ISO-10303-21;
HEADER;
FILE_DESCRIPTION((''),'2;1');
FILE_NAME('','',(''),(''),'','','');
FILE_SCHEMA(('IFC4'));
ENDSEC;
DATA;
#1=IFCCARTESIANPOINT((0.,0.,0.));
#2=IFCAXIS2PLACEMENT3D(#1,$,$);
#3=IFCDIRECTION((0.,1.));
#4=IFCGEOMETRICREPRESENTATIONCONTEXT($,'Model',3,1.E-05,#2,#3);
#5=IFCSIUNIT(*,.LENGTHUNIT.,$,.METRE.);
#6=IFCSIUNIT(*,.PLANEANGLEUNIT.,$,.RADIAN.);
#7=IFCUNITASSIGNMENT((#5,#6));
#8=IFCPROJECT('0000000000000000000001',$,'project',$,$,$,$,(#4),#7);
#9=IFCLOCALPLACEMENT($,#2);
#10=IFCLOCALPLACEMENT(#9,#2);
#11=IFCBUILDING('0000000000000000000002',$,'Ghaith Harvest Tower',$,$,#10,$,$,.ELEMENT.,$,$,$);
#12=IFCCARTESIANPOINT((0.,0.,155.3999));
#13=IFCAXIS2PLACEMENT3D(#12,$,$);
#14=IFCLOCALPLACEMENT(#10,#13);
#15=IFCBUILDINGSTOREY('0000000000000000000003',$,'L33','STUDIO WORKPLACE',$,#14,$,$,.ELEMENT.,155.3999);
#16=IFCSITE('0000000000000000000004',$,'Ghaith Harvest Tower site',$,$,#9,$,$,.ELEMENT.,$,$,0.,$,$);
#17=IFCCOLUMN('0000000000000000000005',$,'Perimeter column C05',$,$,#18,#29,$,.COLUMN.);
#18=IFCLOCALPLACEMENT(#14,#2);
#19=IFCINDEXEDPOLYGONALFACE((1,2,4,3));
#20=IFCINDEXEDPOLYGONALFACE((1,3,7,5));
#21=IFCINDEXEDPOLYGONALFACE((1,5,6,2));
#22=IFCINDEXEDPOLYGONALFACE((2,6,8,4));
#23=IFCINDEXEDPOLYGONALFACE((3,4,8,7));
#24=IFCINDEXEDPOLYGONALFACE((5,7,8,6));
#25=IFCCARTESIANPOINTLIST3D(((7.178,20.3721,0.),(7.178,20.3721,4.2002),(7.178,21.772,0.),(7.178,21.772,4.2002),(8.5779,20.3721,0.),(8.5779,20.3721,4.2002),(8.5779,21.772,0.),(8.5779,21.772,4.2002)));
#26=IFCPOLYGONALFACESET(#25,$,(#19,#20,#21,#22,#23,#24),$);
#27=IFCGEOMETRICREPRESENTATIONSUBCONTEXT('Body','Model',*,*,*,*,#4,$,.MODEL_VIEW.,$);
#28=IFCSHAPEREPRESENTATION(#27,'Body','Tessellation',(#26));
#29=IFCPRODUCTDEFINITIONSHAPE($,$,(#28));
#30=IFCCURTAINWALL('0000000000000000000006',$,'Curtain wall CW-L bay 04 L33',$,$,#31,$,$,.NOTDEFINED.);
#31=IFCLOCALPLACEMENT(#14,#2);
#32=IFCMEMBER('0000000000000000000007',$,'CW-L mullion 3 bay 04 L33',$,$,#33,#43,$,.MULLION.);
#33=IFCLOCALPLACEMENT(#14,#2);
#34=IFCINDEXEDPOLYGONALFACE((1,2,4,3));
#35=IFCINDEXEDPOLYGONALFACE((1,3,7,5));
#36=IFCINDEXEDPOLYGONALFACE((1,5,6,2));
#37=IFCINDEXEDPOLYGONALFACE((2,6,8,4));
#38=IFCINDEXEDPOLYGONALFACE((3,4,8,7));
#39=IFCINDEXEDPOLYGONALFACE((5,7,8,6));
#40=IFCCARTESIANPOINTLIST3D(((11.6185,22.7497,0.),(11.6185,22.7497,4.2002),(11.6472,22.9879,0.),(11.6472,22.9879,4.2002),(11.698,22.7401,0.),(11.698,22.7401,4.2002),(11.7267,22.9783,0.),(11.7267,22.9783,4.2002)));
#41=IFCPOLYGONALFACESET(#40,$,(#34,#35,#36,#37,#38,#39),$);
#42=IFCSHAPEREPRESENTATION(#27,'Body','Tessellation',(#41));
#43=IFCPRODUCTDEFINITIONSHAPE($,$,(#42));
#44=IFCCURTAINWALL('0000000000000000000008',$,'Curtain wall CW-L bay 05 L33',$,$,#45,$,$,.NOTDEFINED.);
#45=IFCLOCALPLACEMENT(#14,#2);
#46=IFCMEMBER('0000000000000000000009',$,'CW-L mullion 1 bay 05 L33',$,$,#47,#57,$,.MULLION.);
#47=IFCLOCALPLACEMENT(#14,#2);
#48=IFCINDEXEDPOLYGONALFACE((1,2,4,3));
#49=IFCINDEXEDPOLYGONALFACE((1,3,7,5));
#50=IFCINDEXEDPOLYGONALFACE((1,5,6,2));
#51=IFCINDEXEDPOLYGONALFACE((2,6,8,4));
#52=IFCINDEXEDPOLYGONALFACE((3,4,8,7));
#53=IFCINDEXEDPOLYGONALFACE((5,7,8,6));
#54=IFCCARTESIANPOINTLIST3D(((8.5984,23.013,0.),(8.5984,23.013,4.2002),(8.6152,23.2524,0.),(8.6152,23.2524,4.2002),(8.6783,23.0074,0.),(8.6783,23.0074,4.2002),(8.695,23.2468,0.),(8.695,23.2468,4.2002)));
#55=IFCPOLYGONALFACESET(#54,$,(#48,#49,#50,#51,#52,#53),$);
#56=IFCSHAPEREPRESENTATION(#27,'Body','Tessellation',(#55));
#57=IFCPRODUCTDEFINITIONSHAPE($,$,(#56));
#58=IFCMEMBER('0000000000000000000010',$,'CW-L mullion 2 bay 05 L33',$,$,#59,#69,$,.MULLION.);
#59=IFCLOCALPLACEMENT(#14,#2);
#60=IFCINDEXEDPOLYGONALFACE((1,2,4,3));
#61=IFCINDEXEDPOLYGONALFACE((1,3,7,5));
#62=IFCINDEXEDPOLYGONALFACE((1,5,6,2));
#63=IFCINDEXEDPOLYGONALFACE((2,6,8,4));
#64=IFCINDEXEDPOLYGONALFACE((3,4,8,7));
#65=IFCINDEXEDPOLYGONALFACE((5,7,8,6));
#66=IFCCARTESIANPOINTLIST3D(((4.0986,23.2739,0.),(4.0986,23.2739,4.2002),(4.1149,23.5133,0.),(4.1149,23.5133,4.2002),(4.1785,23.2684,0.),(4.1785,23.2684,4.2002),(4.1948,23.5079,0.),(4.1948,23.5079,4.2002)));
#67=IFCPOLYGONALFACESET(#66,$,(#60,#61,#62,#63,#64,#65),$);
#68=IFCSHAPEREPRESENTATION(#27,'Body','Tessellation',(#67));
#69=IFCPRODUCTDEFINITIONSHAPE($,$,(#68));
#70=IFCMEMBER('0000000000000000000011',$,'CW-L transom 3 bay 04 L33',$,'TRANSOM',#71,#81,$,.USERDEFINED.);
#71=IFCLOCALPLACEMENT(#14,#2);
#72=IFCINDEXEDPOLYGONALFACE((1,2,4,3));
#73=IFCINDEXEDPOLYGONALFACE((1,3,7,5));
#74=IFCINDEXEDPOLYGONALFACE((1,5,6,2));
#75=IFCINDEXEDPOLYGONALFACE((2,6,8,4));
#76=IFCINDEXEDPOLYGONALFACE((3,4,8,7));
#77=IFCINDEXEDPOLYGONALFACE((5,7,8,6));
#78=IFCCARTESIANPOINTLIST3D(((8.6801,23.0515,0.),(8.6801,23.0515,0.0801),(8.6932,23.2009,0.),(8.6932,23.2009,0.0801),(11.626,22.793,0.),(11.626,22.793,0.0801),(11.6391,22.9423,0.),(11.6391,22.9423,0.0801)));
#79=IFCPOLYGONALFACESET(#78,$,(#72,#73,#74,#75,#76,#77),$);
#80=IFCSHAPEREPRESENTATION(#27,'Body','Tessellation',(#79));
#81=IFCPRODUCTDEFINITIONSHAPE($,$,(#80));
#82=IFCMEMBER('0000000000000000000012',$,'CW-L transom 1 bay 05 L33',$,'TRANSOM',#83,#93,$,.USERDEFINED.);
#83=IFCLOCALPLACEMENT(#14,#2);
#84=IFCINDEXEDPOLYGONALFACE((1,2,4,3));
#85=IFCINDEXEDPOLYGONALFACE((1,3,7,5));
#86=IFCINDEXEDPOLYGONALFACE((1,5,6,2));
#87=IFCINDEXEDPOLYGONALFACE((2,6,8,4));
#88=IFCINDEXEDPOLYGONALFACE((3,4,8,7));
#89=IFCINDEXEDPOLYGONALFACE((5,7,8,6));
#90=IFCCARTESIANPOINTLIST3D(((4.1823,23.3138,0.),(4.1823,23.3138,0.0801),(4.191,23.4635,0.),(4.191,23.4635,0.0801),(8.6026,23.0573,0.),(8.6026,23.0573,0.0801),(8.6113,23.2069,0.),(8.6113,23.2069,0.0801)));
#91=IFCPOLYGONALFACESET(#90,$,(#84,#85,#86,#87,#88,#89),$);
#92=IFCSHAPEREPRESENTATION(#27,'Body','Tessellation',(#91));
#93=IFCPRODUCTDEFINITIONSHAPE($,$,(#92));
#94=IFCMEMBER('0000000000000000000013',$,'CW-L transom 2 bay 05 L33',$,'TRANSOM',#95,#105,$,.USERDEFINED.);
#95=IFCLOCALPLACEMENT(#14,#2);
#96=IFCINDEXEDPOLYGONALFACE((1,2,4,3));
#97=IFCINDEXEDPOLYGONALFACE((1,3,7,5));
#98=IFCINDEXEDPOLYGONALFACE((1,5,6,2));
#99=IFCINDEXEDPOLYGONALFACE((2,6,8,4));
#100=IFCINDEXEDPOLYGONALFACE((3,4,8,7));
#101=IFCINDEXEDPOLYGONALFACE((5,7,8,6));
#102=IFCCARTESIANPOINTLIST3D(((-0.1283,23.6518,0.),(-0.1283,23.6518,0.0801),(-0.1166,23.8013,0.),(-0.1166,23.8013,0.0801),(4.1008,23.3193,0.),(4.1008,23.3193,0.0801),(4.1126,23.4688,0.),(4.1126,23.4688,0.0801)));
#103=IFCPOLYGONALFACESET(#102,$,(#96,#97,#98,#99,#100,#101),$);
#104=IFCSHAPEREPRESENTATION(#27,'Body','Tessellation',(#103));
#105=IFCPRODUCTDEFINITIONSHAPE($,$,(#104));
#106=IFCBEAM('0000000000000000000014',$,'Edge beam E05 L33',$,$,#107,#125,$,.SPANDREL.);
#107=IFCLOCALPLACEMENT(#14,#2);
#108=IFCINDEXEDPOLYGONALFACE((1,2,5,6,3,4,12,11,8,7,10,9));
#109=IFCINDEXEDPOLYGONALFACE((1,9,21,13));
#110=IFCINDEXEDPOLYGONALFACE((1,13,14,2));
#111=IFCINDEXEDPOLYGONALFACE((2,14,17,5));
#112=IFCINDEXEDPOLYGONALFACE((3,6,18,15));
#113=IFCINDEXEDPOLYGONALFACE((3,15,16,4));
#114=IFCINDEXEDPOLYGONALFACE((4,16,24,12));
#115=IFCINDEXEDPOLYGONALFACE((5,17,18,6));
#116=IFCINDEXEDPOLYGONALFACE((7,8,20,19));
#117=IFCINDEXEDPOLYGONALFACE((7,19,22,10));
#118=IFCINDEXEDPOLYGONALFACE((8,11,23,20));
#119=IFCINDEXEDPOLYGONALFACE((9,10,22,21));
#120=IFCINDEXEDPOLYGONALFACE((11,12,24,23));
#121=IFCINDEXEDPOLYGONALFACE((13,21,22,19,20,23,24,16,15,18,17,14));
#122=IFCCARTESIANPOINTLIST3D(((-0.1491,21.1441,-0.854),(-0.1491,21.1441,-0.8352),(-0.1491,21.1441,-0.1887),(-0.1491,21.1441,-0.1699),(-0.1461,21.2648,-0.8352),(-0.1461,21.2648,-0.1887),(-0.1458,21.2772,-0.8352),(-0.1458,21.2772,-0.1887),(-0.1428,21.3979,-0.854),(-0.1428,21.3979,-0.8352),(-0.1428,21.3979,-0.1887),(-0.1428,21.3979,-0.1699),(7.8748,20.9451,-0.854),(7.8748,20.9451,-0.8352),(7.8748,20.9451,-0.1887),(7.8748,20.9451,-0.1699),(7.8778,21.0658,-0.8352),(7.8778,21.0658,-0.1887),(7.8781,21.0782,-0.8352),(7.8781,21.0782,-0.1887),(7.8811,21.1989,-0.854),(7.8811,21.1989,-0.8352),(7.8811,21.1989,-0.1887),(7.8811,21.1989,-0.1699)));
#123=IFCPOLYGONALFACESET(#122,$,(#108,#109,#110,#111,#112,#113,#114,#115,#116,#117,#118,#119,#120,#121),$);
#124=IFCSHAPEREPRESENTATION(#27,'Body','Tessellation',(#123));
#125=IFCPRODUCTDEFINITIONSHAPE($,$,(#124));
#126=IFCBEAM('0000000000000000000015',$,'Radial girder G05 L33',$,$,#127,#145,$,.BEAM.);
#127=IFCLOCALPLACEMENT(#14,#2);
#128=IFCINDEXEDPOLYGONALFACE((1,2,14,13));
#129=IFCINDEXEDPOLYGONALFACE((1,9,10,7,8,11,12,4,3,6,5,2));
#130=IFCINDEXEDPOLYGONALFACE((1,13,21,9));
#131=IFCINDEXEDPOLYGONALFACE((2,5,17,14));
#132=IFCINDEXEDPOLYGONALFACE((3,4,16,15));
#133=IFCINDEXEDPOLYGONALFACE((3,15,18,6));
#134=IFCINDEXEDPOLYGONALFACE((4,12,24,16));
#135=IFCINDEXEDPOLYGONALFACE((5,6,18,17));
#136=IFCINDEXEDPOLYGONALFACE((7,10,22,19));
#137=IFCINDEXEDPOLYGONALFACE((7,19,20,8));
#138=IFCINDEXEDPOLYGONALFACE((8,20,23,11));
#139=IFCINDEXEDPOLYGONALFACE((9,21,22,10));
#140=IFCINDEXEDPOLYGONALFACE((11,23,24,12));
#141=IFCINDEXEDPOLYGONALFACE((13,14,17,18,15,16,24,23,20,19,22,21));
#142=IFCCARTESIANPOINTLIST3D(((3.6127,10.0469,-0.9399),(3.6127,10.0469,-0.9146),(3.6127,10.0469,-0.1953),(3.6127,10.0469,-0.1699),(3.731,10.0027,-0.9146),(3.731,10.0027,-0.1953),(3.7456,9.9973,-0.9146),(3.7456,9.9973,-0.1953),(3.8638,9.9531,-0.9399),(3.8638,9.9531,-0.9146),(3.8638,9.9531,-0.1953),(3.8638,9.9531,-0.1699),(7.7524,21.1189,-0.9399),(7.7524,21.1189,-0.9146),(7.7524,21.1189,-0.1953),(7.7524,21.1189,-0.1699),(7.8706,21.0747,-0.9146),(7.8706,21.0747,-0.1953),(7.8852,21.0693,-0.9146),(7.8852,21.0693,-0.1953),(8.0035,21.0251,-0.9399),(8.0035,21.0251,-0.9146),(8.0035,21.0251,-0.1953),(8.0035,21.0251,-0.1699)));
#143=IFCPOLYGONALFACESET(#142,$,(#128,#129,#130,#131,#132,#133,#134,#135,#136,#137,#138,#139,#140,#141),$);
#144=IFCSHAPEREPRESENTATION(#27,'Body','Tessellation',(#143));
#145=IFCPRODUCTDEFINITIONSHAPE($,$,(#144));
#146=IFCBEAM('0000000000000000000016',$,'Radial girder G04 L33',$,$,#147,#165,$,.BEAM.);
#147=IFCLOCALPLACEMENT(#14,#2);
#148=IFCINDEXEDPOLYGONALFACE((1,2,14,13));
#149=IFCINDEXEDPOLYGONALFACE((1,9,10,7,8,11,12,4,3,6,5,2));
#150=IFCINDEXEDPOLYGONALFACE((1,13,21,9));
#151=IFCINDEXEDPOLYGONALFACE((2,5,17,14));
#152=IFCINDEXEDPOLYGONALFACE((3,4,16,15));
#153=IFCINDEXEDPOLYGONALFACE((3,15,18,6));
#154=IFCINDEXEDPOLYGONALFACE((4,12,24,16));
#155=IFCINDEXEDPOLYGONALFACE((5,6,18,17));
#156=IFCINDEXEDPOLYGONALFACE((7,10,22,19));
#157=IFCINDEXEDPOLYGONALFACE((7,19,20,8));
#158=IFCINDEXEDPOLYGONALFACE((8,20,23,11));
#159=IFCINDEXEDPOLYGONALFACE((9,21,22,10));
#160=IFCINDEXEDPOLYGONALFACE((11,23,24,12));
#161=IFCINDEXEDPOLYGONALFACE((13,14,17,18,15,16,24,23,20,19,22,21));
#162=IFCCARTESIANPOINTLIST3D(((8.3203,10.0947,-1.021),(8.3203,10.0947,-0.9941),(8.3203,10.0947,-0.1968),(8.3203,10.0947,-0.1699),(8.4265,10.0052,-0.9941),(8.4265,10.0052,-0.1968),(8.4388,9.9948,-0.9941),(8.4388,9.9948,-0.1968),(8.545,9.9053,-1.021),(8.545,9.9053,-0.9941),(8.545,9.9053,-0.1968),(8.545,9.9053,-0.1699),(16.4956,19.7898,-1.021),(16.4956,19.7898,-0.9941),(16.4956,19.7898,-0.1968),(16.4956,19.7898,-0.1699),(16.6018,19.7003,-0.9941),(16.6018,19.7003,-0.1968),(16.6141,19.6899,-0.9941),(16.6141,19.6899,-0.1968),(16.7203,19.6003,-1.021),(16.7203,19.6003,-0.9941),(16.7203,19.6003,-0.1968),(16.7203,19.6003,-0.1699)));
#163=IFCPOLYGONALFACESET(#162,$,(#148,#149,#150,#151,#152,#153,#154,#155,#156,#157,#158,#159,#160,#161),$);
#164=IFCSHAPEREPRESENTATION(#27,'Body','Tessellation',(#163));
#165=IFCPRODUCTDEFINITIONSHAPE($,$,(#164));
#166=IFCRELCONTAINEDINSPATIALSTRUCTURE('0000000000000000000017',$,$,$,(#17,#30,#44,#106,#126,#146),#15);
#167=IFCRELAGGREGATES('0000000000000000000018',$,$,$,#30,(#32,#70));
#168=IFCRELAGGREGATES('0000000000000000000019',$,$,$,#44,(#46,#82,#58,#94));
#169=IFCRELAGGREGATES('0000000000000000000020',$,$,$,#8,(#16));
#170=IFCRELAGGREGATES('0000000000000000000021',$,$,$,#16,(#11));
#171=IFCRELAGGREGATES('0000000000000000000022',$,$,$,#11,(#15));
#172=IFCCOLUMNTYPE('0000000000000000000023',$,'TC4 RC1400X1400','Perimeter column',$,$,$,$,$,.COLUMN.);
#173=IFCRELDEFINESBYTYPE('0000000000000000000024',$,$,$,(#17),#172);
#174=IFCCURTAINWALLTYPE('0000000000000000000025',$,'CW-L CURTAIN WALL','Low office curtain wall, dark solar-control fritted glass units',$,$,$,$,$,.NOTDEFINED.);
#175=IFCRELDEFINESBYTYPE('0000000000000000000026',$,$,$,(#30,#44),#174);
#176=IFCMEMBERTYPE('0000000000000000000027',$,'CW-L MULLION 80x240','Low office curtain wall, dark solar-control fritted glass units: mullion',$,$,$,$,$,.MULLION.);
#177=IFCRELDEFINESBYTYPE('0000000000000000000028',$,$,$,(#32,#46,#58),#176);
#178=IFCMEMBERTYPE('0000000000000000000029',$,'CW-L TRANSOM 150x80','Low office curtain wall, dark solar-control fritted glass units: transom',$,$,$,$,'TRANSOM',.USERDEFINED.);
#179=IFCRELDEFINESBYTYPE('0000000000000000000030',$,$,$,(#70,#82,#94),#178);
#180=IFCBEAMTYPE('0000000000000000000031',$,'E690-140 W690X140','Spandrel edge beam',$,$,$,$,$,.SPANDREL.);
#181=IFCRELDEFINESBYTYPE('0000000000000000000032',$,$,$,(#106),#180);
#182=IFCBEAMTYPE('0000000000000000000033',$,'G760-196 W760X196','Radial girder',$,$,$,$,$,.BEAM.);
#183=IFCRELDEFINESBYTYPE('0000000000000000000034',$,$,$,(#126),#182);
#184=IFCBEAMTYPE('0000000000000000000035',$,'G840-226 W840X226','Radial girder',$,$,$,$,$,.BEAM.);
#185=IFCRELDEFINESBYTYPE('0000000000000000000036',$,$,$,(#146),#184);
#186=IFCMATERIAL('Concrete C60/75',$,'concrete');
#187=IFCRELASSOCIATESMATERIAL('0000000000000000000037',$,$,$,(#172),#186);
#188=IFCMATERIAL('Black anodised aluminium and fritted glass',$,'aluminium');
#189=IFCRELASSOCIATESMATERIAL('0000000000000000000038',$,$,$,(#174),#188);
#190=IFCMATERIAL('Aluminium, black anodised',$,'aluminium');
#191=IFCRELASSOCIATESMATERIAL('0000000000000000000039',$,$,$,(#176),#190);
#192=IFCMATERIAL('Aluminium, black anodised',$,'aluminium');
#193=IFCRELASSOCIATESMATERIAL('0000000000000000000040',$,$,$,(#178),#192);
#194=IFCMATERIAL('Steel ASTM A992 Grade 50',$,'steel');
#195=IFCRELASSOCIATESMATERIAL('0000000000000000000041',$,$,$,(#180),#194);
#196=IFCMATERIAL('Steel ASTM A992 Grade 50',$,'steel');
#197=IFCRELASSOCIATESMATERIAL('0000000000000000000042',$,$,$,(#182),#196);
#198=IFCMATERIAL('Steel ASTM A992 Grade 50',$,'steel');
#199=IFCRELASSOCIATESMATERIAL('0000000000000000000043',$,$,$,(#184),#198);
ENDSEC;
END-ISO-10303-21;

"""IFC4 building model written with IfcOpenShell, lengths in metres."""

from ifc_helpers import new_model, si_unit, direction, frame, origin, origin_2d, place, context, subcontext, project, spatial, rectangle, i_section, extrude, material, material_profile, profile_set, type_object, element, aggregate, save


model = new_model("IFC4")

# Units and contexts
model_context = context("Model", 3, precision=1e-05, world=origin(), true_north=direction((0.0, 1.0)))
body_context = subcontext(model_context, "Body", "Model", "MODEL_VIEW")
ifc_project = project(units=[si_unit("LENGTHUNIT", "METRE"), si_unit("PLANEANGLEUNIT", "RADIAN")], contexts=[model_context])

# Site, building, storey
site_placement = place(None, origin())
site = spatial("IfcSite", under=ifc_project, at=site_placement, Name="Ghaith Harvest Tower site", CompositionType="ELEMENT", RefElevation=0.0)
building_placement = place(site_placement, origin())
building = spatial("IfcBuilding", under=site, at=building_placement, Name="Ghaith Harvest Tower", CompositionType="ELEMENT")
storey_placement = place(building_placement, frame((0.0, 0.0, 155.3999)))
storey = spatial("IfcBuildingStorey", under=building, at=storey_placement, Name="L33", Description="STUDIO WORKPLACE", CompositionType="ELEMENT", Elevation=155.3999)

# Column
ifc_material_1 = material(Name="Concrete C60/75", Category="concrete")
ifc_material_profile_1 = material_profile(ifc_material_1, rectangle(XDim=1.3999, YDim=1.3999, at=origin_2d()), Name="RC1400X1400")
ifc_profile_set_1 = profile_set([ifc_material_profile_1], Name="Concrete C60/75")
column_type = type_object("IfcColumnType", Name="TC4 RC1400X1400", Description="Perimeter column", PredefinedType="COLUMN", material=ifc_profile_set_1)
column_placement = place(storey_placement, frame((7.8779, 21.072, 0.0), z_axis=(0.0, 0.0, 1.0), x_axis=(1.0, 0.0, 0.0)))
element("IfcColumn", 1, at=column_placement, inside=storey, type_object=column_type, Name="Perimeter column C05", PredefinedType="COLUMN", context=body_context, shape_type="SweptSolid", body=[
    extrude(rectangle(XDim=1.3999, YDim=1.3999, at=origin_2d()), origin(), (0.0, 0.0, 1.0), 4.2002),
])

# Curtain wall, member
ifc_material_2 = material(Name="Black anodised aluminium and fritted glass", Category="aluminium")
curtain_wall_type = type_object("IfcCurtainWallType", Name="CW-L CURTAIN WALL", Description="Low office curtain wall, dark solar-control fritted glass units", PredefinedType="NOTDEFINED", material=ifc_material_2)
curtain_wall_1_placement = place(storey_placement, origin())
curtain_wall_1 = element("IfcCurtainWall", 2, at=curtain_wall_1_placement, inside=storey, type_object=curtain_wall_type, Name="Curtain wall CW-L bay 04 L33", PredefinedType="NOTDEFINED")
ifc_material_3 = material(Name="Aluminium, black anodised", Category="aluminium")
ifc_material_profile_2 = material_profile(ifc_material_3, rectangle(XDim=0.0801, YDim=0.24, at=origin_2d()), Name="CW-L MULLION 80x240")
ifc_profile_set_2 = profile_set([ifc_material_profile_2], Name="Aluminium, black anodised")
member_type_1 = type_object("IfcMemberType", Name="CW-L MULLION 80x240", Description="Low office curtain wall, dark solar-control fritted glass units: mullion", PredefinedType="MULLION", material=ifc_profile_set_2)
member_1_placement = place(storey_placement, frame((11.6726, 22.864, 0.0), z_axis=(0.0, 0.0, 1.0), x_axis=(-0.9928, 0.11978, 0.0)))
member_1 = element("IfcMember", 3, at=member_1_placement, type_object=member_type_1, Name="CW-L mullion 3 bay 04 L33", PredefinedType="MULLION", context=body_context, shape_type="SweptSolid", body=[
    extrude(rectangle(XDim=0.0801, YDim=0.24, at=origin_2d()), origin(), (0.0, 0.0, 1.0), 4.2002),
])

# Curtain wall, members
curtain_wall_2_placement = place(storey_placement, origin())
curtain_wall_2 = element("IfcCurtainWall", 4, at=curtain_wall_2_placement, inside=storey, type_object=curtain_wall_type, Name="Curtain wall CW-L bay 05 L33", PredefinedType="NOTDEFINED")
member_2_placement = place(storey_placement, frame((8.6467, 23.1299, 0.0), z_axis=(0.0, 0.0, 1.0), x_axis=(-0.997559, 0.069832, 0.0)))
member_2 = element("IfcMember", 5, at=member_2_placement, type_object=member_type_1, Name="CW-L mullion 1 bay 05 L33", PredefinedType="MULLION", context=body_context, shape_type="SweptSolid", body=[
    extrude(rectangle(XDim=0.0801, YDim=0.24, at=origin_2d()), origin(), (0.0, 0.0, 1.0), 4.2002),
])
member_3_placement = place(storey_placement, frame((4.1467, 23.3909, 0.0), z_axis=(0.0, 0.0, 1.0), x_axis=(-0.99769, 0.067933, 0.0)))
member_3 = element("IfcMember", 6, at=member_3_placement, type_object=member_type_1, Name="CW-L mullion 2 bay 05 L33", PredefinedType="MULLION", context=body_context, shape_type="SweptSolid", body=[
    extrude(rectangle(XDim=0.0801, YDim=0.24, at=origin_2d()), origin(), (0.0, 0.0, 1.0), 4.2002),
])

# Members
ifc_material_4 = material(Name="Aluminium, black anodised", Category="aluminium")
ifc_material_profile_3 = material_profile(ifc_material_4, rectangle(XDim=0.1499, YDim=0.0801, at=origin_2d()), Name="CW-L TRANSOM 150x80")
ifc_profile_set_3 = profile_set([ifc_material_profile_3], Name="Aluminium, black anodised")
member_type_2 = type_object("IfcMemberType", Name="CW-L TRANSOM 150x80", Description="Low office curtain wall, dark solar-control fritted glass units: transom", ElementType="TRANSOM", PredefinedType="USERDEFINED", material=ifc_profile_set_3)
member_4_placement = place(storey_placement, frame((11.6326, 22.8677, 0.04), z_axis=(-0.996171, 0.087424, 0.0), x_axis=(-0.087424, -0.996171, 0.0)))
member_4 = element("IfcMember", 7, at=member_4_placement, type_object=member_type_2, Name="CW-L transom 3 bay 04 L33", ObjectType="TRANSOM", PredefinedType="USERDEFINED", context=body_context, shape_type="SweptSolid", body=[
    extrude(rectangle(XDim=0.1499, YDim=0.0801, at=origin_2d()), origin(), (0.0, 0.0, 1.0), 2.9573),
])
member_5_placement = place(storey_placement, frame((8.6069, 23.1321, 0.04), z_axis=(-0.99832, 0.05795, 0.0), x_axis=(-0.05795, -0.99832, 0.0)))
member_5 = element("IfcMember", 8, at=member_5_placement, type_object=member_type_2, Name="CW-L transom 1 bay 05 L33", ObjectType="TRANSOM", PredefinedType="USERDEFINED", context=body_context, shape_type="SweptSolid", body=[
    extrude(rectangle(XDim=0.1499, YDim=0.0801, at=origin_2d()), origin(), (0.0, 0.0, 1.0), 4.4277),
])
member_6_placement = place(storey_placement, frame((4.1067, 23.394, 0.04), z_axis=(-0.996923, 0.078382, 0.0), x_axis=(-0.078382, -0.996923, 0.0)))
member_6 = element("IfcMember", 9, at=member_6_placement, type_object=member_type_2, Name="CW-L transom 2 bay 05 L33", ObjectType="TRANSOM", PredefinedType="USERDEFINED", context=body_context, shape_type="SweptSolid", body=[
    extrude(rectangle(XDim=0.1499, YDim=0.0801, at=origin_2d()), origin(), (0.0, 0.0, 1.0), 4.2422),
])

# Beams
ifc_material_5 = material(Name="Steel ASTM A992 Grade 50", Category="steel")
ifc_material_profile_4 = material_profile(ifc_material_5, i_section(OverallWidth=0.2539, OverallDepth=0.6841, WebThickness=0.0125, FlangeThickness=0.0188, at=origin_2d()), Name="W690X140")
ifc_profile_set_4 = profile_set([ifc_material_profile_4], Name="Steel ASTM A992 Grade 50")
beam_type_1 = type_object("IfcBeamType", Name="E690-140 W690X140", Description="Spandrel edge beam", PredefinedType="SPANDREL", material=ifc_profile_set_4)
beam_1_placement = place(storey_placement, frame((7.8779, 21.072, -0.512), z_axis=(-0.999693, 0.02479, 0.0), x_axis=(-0.02479, -0.999693, 0.0)))
element("IfcBeam", 10, at=beam_1_placement, inside=storey, type_object=beam_type_1, Name="Edge beam E05 L33", PredefinedType="SPANDREL", context=body_context, shape_type="SweptSolid", body=[
    extrude(i_section(OverallWidth=0.2539, OverallDepth=0.6841, WebThickness=0.0125, FlangeThickness=0.0188, at=origin_2d()), origin(), (0.0, 0.0, 1.0), 8.0264),
])
ifc_material_6 = material(Name="Steel ASTM A992 Grade 50", Category="steel")
ifc_material_profile_5 = material_profile(ifc_material_6, i_section(OverallWidth=0.2681, OverallDepth=0.77, WebThickness=0.0156, FlangeThickness=0.0254, at=origin_2d()), Name="W760X196")
ifc_profile_set_5 = profile_set([ifc_material_profile_5], Name="Steel ASTM A992 Grade 50")
beam_type_2 = type_object("IfcBeamType", Name="G760-196 W760X196", Description="Radial girder", PredefinedType="BEAM", material=ifc_profile_set_5)
beam_2_placement = place(storey_placement, frame((3.7383, 10.0, -0.5549), z_axis=(0.350207, 0.936672, 0.0), x_axis=(-0.936672, 0.350207, 0.0)))
element("IfcBeam", 11, at=beam_2_placement, inside=storey, type_object=beam_type_2, Name="Radial girder G05 L33", PredefinedType="BEAM", context=body_context, shape_type="SweptSolid", body=[
    extrude(i_section(OverallWidth=0.2681, OverallDepth=0.77, WebThickness=0.0156, FlangeThickness=0.0254, at=origin_2d()), origin(), (0.0, 0.0, 1.0), 11.8206),
])
ifc_material_7 = material(Name="Steel ASTM A992 Grade 50", Category="steel")
ifc_material_profile_6 = material_profile(ifc_material_7, i_section(OverallWidth=0.2939, OverallDepth=0.8511, WebThickness=0.0161, FlangeThickness=0.0269, at=origin_2d()), Name="W840X226")
ifc_profile_set_6 = profile_set([ifc_material_profile_6], Name="Steel ASTM A992 Grade 50")
beam_type_3 = type_object("IfcBeamType", Name="G840-226 W840X226", Description="Radial girder", PredefinedType="BEAM", material=ifc_profile_set_6)
beam_3_placement = place(storey_placement, frame((8.4326, 10.0, -0.5955), z_axis=(0.644644, 0.764483, 0.0), x_axis=(-0.764483, 0.644644, 0.0)))
element("IfcBeam", 12, at=beam_3_placement, inside=storey, type_object=beam_type_3, Name="Radial girder G04 L33", PredefinedType="BEAM", context=body_context, shape_type="SweptSolid", body=[
    extrude(i_section(OverallWidth=0.2939, OverallDepth=0.8511, WebThickness=0.0161, FlangeThickness=0.0269, at=origin_2d()), origin(), (0.0, 0.0, 1.0), 12.6819),
])

aggregate(curtain_wall_1, [member_1, member_4])
aggregate(curtain_wall_2, [member_2, member_5, member_3, member_6])

save(model, "model.ifc")
